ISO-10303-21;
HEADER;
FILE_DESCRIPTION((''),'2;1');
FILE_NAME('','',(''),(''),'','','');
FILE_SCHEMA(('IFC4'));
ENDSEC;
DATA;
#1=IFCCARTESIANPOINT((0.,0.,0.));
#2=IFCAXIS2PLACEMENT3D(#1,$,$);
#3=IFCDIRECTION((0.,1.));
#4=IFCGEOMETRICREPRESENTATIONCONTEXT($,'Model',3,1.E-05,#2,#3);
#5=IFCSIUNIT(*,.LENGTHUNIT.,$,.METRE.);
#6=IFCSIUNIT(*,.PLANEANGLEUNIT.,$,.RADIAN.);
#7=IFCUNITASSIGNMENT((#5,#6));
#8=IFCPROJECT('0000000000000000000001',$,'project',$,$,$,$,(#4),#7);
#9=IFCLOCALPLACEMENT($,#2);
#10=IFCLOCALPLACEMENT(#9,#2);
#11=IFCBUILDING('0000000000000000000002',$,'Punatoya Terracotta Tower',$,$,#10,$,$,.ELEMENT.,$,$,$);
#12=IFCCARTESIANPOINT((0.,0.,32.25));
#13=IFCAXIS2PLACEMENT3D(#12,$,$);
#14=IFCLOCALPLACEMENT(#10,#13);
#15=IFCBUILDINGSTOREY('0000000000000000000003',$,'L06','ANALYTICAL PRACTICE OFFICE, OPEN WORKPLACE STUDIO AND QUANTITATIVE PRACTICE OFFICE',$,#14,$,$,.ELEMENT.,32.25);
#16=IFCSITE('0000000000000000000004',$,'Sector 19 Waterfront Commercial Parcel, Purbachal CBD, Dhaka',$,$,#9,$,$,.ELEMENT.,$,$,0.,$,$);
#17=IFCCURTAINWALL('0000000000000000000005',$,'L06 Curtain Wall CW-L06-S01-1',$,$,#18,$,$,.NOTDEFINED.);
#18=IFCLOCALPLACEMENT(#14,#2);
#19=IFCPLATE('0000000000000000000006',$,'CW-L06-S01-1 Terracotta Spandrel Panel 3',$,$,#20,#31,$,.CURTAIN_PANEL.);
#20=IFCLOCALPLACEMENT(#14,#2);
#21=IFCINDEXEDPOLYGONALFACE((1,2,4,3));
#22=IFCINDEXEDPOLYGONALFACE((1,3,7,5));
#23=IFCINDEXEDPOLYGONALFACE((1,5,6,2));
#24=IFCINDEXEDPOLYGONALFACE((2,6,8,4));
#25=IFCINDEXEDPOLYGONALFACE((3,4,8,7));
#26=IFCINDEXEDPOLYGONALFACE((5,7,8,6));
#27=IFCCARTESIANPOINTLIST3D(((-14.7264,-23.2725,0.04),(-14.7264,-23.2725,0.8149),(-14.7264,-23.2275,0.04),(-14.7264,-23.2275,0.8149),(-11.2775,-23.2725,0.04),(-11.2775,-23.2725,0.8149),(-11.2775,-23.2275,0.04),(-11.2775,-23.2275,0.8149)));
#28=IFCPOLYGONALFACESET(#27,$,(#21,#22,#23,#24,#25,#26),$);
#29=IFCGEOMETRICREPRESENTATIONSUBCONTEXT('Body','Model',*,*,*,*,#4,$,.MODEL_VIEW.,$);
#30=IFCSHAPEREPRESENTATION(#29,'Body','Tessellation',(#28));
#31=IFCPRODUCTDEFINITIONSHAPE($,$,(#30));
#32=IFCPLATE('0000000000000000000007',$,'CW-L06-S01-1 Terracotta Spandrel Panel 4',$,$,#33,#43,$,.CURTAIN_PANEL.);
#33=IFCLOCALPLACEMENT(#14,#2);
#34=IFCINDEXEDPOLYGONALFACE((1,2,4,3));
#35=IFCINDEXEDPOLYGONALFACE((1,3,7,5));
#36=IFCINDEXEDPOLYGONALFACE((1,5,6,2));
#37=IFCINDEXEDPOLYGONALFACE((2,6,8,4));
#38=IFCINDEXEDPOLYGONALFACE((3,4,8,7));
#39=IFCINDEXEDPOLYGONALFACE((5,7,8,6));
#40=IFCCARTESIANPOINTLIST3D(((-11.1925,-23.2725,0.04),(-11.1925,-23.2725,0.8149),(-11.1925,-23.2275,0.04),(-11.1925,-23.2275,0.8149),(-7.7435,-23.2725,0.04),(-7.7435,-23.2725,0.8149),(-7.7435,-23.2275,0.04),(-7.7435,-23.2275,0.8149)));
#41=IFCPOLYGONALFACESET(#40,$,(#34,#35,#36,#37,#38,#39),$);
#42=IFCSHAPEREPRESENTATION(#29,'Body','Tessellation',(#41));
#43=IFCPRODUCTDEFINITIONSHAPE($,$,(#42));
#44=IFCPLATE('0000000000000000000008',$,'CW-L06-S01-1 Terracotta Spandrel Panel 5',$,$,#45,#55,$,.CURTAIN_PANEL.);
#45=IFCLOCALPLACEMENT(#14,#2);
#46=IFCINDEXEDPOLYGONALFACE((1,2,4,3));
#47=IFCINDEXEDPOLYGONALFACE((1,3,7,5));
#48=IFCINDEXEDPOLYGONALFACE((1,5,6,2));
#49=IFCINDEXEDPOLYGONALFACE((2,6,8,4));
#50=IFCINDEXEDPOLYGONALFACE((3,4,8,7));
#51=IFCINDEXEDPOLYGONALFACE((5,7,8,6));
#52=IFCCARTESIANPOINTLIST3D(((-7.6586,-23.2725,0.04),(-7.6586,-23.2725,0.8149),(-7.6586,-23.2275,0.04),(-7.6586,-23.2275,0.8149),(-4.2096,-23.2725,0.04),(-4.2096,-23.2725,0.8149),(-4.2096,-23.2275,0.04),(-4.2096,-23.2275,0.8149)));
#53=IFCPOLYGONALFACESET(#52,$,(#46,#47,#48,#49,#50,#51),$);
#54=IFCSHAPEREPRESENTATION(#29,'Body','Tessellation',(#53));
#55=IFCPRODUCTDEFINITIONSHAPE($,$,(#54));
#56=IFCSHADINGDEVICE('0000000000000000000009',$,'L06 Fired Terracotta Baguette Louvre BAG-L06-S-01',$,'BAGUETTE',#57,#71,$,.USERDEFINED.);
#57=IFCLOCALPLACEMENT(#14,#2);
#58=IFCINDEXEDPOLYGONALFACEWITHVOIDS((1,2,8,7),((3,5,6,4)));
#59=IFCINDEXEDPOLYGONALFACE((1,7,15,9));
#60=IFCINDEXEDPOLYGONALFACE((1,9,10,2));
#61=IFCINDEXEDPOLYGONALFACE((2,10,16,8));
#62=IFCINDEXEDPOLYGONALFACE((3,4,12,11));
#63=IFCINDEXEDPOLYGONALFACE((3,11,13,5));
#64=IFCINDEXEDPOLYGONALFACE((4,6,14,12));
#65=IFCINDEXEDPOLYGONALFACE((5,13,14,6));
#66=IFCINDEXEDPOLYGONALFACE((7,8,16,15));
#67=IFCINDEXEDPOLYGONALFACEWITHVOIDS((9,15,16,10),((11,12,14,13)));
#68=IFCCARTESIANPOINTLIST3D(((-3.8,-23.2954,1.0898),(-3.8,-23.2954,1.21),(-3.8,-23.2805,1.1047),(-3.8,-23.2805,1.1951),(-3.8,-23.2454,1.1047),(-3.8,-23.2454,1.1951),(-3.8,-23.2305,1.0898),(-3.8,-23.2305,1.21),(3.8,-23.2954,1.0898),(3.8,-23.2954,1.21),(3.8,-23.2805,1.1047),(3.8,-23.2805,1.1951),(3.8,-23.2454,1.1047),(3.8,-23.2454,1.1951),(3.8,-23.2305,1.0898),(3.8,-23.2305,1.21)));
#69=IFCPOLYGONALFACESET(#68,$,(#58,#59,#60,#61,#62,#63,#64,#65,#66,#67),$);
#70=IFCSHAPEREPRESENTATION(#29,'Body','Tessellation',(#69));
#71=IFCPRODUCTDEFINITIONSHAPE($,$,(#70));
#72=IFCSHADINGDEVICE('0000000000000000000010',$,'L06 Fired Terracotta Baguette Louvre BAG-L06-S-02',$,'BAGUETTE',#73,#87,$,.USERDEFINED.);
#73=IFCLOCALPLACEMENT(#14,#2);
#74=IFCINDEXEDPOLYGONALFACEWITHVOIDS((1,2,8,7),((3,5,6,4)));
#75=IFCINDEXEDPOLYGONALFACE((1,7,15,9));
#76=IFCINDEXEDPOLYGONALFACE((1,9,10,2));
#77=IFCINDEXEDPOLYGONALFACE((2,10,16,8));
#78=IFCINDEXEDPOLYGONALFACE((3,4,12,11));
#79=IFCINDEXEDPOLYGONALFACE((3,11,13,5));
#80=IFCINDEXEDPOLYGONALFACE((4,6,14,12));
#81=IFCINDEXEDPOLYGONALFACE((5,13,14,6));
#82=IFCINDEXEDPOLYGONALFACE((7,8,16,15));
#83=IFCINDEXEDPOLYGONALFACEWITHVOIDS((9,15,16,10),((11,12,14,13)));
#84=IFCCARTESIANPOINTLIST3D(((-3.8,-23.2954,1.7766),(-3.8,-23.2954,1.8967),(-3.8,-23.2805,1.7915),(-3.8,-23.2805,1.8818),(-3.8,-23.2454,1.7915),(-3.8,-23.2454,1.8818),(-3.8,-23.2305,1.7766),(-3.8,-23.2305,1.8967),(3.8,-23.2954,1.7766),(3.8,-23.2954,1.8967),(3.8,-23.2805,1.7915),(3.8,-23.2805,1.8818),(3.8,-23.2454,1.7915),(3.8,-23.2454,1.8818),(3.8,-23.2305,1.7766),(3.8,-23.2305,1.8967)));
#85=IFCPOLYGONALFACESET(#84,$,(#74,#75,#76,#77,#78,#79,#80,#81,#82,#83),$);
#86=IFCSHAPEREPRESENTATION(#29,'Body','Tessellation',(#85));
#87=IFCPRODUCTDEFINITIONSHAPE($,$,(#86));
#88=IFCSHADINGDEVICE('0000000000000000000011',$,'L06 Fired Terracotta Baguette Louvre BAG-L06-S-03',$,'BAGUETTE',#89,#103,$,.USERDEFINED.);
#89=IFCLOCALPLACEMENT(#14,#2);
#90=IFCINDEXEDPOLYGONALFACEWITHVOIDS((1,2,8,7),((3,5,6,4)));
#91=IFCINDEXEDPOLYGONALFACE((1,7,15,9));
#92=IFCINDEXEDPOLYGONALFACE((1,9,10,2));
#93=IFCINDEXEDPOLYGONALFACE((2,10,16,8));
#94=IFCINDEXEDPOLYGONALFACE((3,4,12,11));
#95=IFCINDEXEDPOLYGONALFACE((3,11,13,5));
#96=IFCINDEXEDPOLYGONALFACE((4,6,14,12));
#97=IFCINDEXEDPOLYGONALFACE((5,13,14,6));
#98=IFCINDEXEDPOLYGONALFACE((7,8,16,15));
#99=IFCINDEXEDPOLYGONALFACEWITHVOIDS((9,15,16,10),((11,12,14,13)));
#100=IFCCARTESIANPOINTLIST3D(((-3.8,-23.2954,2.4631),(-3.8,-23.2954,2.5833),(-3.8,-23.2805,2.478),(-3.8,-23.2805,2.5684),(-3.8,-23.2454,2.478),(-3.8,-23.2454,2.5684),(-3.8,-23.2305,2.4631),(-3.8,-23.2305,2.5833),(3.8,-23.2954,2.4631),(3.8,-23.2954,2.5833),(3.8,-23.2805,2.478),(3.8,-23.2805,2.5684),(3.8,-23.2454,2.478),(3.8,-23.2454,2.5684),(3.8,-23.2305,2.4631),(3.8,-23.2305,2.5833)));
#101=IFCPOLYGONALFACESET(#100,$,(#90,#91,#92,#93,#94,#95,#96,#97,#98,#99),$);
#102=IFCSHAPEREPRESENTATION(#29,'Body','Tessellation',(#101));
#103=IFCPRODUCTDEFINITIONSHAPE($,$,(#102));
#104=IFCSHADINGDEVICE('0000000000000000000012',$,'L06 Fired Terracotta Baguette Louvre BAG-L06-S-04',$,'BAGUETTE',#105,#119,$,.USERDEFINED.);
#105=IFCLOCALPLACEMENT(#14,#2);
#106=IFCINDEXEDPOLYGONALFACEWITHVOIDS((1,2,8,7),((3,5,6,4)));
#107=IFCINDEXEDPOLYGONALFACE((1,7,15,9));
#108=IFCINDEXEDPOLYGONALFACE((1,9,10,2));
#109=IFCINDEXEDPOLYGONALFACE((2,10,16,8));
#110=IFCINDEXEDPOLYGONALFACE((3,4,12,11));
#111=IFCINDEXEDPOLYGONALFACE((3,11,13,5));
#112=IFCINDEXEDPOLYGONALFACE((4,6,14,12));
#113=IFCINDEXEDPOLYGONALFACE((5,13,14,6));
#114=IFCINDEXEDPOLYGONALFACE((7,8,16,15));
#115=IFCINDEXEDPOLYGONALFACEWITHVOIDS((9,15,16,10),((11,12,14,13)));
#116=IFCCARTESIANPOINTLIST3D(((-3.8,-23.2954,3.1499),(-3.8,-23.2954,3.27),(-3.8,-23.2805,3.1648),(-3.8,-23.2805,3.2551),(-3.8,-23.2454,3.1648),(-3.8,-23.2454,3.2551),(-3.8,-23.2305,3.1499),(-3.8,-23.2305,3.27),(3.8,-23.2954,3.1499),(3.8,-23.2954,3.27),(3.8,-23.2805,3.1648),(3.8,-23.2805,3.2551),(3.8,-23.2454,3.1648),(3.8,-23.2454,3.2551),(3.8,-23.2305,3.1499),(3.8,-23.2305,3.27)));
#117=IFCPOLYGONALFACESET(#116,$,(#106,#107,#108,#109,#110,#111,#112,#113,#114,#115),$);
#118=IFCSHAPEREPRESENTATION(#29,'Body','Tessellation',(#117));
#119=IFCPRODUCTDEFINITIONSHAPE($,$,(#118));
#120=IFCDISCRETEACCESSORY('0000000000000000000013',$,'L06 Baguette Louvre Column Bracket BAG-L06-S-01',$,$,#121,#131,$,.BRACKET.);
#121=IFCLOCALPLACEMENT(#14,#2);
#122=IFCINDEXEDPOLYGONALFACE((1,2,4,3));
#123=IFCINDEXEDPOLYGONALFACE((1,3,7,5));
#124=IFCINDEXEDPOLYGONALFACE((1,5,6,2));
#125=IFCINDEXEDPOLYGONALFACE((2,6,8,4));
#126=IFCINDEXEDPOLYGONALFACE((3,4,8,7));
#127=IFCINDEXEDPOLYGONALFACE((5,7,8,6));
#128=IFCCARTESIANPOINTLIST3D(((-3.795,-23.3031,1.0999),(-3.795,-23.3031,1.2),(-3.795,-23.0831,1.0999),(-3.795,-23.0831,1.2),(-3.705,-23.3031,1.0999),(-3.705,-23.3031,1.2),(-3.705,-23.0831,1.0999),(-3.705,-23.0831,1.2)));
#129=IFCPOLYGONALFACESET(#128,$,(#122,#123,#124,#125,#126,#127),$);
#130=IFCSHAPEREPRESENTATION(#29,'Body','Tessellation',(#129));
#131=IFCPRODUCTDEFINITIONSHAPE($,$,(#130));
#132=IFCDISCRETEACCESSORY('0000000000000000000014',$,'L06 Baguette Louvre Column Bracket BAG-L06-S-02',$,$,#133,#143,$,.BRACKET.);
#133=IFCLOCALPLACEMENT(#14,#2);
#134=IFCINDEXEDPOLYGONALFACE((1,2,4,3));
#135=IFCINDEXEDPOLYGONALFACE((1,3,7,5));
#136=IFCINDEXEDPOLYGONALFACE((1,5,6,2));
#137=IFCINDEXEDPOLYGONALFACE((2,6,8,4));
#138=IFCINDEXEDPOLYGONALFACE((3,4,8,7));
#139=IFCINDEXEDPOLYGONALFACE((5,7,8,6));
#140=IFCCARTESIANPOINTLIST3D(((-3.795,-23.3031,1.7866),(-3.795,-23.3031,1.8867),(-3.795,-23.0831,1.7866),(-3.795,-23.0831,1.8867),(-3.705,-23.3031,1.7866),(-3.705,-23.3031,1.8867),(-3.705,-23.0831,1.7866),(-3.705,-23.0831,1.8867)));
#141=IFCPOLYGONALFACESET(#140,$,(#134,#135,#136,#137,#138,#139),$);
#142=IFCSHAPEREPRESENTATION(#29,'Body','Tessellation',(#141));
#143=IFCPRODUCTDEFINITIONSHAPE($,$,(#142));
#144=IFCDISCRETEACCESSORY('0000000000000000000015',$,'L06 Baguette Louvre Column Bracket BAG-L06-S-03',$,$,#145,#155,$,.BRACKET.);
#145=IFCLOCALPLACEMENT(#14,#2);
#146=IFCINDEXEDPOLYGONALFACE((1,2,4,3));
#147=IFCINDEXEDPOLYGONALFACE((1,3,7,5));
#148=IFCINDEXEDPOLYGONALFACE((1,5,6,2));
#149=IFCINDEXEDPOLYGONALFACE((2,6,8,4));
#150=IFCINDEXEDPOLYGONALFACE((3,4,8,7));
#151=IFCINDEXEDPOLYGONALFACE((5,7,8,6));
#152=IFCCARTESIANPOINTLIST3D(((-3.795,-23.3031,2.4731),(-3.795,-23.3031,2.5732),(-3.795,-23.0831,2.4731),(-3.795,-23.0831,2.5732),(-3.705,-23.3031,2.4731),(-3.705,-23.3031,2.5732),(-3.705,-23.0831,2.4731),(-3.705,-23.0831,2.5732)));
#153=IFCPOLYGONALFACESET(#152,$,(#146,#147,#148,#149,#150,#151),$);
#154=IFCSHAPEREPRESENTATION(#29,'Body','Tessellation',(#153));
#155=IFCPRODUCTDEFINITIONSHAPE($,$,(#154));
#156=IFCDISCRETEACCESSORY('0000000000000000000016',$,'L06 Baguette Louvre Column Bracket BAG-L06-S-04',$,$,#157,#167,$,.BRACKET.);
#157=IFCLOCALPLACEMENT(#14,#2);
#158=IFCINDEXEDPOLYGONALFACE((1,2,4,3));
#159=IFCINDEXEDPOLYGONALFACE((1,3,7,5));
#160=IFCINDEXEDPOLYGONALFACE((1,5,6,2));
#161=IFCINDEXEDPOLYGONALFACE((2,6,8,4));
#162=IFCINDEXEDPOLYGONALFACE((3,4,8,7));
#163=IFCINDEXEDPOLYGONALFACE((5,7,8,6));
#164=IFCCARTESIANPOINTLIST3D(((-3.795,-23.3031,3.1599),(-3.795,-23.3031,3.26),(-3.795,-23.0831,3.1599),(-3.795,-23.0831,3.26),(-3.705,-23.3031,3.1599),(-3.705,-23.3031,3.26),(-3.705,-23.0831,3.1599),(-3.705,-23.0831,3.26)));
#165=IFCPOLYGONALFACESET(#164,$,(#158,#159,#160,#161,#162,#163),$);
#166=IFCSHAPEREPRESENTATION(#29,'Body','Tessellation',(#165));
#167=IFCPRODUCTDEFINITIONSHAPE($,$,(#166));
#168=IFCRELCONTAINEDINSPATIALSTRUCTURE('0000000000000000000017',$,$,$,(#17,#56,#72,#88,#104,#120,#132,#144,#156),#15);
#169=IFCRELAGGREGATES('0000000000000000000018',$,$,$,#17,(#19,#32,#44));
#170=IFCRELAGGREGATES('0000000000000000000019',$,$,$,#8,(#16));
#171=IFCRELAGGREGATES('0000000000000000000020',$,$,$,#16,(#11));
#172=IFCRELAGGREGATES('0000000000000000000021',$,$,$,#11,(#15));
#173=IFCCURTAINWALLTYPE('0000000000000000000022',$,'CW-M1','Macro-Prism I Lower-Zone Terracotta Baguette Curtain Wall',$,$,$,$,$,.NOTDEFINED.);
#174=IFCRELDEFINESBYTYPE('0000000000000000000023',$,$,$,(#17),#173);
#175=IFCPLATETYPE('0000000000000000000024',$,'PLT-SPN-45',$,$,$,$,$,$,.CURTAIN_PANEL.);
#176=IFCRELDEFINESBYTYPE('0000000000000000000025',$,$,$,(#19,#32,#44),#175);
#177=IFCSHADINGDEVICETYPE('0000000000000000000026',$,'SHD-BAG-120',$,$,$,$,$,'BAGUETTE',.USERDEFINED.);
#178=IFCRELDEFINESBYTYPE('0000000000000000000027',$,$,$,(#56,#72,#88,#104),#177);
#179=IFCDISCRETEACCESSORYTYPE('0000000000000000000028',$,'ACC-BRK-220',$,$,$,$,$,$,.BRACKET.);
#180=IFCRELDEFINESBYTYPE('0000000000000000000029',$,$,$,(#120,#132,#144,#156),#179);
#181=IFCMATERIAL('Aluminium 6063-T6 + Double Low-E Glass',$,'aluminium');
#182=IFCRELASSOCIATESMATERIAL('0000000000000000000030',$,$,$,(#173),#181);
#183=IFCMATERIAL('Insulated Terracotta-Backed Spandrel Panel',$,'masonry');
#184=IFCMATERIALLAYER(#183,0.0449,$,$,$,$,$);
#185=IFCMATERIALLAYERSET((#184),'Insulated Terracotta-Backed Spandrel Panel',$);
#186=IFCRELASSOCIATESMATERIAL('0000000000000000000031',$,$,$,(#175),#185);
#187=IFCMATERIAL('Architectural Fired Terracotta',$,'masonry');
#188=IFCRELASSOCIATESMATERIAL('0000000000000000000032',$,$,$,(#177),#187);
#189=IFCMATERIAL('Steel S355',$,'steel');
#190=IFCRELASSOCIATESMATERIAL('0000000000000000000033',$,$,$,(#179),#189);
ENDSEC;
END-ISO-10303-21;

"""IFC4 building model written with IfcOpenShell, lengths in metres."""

from ifc_helpers import new_model, si_unit, direction, frame, origin, origin_2d, place, context, subcontext, project, spatial, rectangle, hollow_rectangle, extrude, material, layer, layer_set, material_profile, profile_set, type_object, element, aggregate, save


model = new_model("IFC4")

# Units and contexts
model_context = context("Model", 3, precision=1e-05, world=origin(), true_north=direction((0.0, 1.0)))
body_context = subcontext(model_context, "Body", "Model", "MODEL_VIEW")
ifc_project = project(units=[si_unit("LENGTHUNIT", "METRE"), si_unit("PLANEANGLEUNIT", "RADIAN")], contexts=[model_context])

# Site, building, storey
site_placement = place(None, origin())
site = spatial("IfcSite", under=ifc_project, at=site_placement, Name="Sector 19 Waterfront Commercial Parcel, Purbachal CBD, Dhaka", CompositionType="ELEMENT", RefElevation=0.0)
building_placement = place(site_placement, origin())
building = spatial("IfcBuilding", under=site, at=building_placement, Name="Punatoya Terracotta Tower", CompositionType="ELEMENT")
storey_placement = place(building_placement, frame((0.0, 0.0, 32.25)))
storey = spatial("IfcBuildingStorey", under=building, at=storey_placement, Name="L06", Description="ANALYTICAL PRACTICE OFFICE, OPEN WORKPLACE STUDIO AND QUANTITATIVE PRACTICE OFFICE", CompositionType="ELEMENT", Elevation=32.25)

# Curtain wall
ifc_material_1 = material(Name="Aluminium 6063-T6 + Double Low-E Glass", Category="aluminium")
curtain_wall_type = type_object("IfcCurtainWallType", Name="CW-M1", Description="Macro-Prism I Lower-Zone Terracotta Baguette Curtain Wall", PredefinedType="NOTDEFINED", material=ifc_material_1)
curtain_wall_placement = place(storey_placement, origin())
curtain_wall = element("IfcCurtainWall", 1, at=curtain_wall_placement, inside=storey, type_object=curtain_wall_type, Name="L06 Curtain Wall CW-L06-S01-1", PredefinedType="NOTDEFINED")

# Shared definitions
ifc_material_2 = material(Name="Steel S355", Category="steel")

# Plates
ifc_material_3 = material(Name="Insulated Terracotta-Backed Spandrel Panel", Category="masonry")
ifc_layer_1 = layer(ifc_material_3, 0.0449)
ifc_layer_set_1 = layer_set([ifc_layer_1], Name="Insulated Terracotta-Backed Spandrel Panel")
plate_type_1 = type_object("IfcPlateType", Name="PLT-SPN-45", PredefinedType="CURTAIN_PANEL", material=ifc_layer_set_1)
plate_1_placement = place(storey_placement, frame((-13.002, -23.25, 0.04), z_axis=(0.0, 0.0, 1.0), x_axis=(1.0, 0.0, 0.0)))
plate_1 = element("IfcPlate", 2, at=plate_1_placement, type_object=plate_type_1, Name="CW-L06-S01-1 Terracotta Spandrel Panel 3", PredefinedType="CURTAIN_PANEL", context=body_context, shape_type="SweptSolid", body=[
    extrude(rectangle(XDim=3.449, YDim=0.0449, at=origin_2d()), origin(), (0.0, 0.0, 1.0), 0.7749),
])
plate_2_placement = place(storey_placement, frame((-9.468, -23.25, 0.04), z_axis=(0.0, 0.0, 1.0), x_axis=(1.0, 0.0, 0.0)))
plate_2 = element("IfcPlate", 3, at=plate_2_placement, type_object=plate_type_1, Name="CW-L06-S01-1 Terracotta Spandrel Panel 4", PredefinedType="CURTAIN_PANEL", context=body_context, shape_type="SweptSolid", body=[
    extrude(rectangle(XDim=3.449, YDim=0.0449, at=origin_2d()), origin(), (0.0, 0.0, 1.0), 0.7749),
])
plate_3_placement = place(storey_placement, frame((-5.9341, -23.25, 0.04), z_axis=(0.0, 0.0, 1.0), x_axis=(1.0, 0.0, 0.0)))
plate_3 = element("IfcPlate", 4, at=plate_3_placement, type_object=plate_type_1, Name="CW-L06-S01-1 Terracotta Spandrel Panel 5", PredefinedType="CURTAIN_PANEL", context=body_context, shape_type="SweptSolid", body=[
    extrude(rectangle(XDim=3.449, YDim=0.0449, at=origin_2d()), origin(), (0.0, 0.0, 1.0), 0.7749),
])
aggregate(curtain_wall, [plate_1, plate_2, plate_3])

# Shading devices
ifc_material_4 = material(Name="Architectural Fired Terracotta", Category="masonry")
ifc_material_profile_1 = material_profile(ifc_material_4, hollow_rectangle(XDim=0.0649, YDim=0.1201, WallThickness=0.0149, at=origin_2d()))
ifc_profile_set_1 = profile_set([ifc_material_profile_1], Name="Architectural Fired Terracotta")
shading_device_type = type_object("IfcShadingDeviceType", Name="SHD-BAG-120", ElementType="BAGUETTE", PredefinedType="USERDEFINED", material=ifc_profile_set_1)
for number, where, z_axis, x_axis, name in (
    (5, (-3.8, -23.2629, 1.1499), (1.0, 0.0, 0.0), (0.0, 1.0, 0.0), "L06 Fired Terracotta Baguette Louvre BAG-L06-S-01"),
    (6, (-3.8, -23.2629, 1.8367), (1.0, 0.0, 0.0), (0.0, 1.0, 0.0), "L06 Fired Terracotta Baguette Louvre BAG-L06-S-02"),
    (7, (-3.8, -23.2629, 2.5232), (1.0, 0.0, 0.0), (0.0, 1.0, 0.0), "L06 Fired Terracotta Baguette Louvre BAG-L06-S-03"),
    (8, (-3.8, -23.2629, 3.21), (1.0, 0.0, 0.0), (0.0, 1.0, 0.0), "L06 Fired Terracotta Baguette Louvre BAG-L06-S-04"),
):
    element("IfcShadingDevice", number, at=place(storey_placement, frame(where, z_axis=z_axis, x_axis=x_axis)), inside=storey, type_object=shading_device_type, Name=name, ObjectType="BAGUETTE", PredefinedType="USERDEFINED", context=body_context, shape_type="SweptSolid", body=[
        extrude(hollow_rectangle(XDim=0.0649, YDim=0.1201, WallThickness=0.0149, at=origin_2d()), origin(), (0.0, 0.0, 1.0), 7.6001),
    ])

# Discrete accessories
discrete_accessory_type = type_object("IfcDiscreteAccessoryType", Name="ACC-BRK-220", PredefinedType="BRACKET", material=ifc_material_2)
for number, where, z_axis, x_axis, name in (
    (9, (-3.75, -23.1931, 1.0999), (0.0, 0.0, 1.0), (1.0, 0.0, 0.0), "L06 Baguette Louvre Column Bracket BAG-L06-S-01"),
    (10, (-3.75, -23.1931, 1.7866), (0.0, 0.0, 1.0), (1.0, 0.0, 0.0), "L06 Baguette Louvre Column Bracket BAG-L06-S-02"),
    (11, (-3.75, -23.1931, 2.4731), (0.0, 0.0, 1.0), (1.0, 0.0, 0.0), "L06 Baguette Louvre Column Bracket BAG-L06-S-03"),
    (12, (-3.75, -23.1931, 3.1599), (0.0, 0.0, 1.0), (1.0, 0.0, 0.0), "L06 Baguette Louvre Column Bracket BAG-L06-S-04"),
):
    element("IfcDiscreteAccessory", number, at=place(storey_placement, frame(where, z_axis=z_axis, x_axis=x_axis)), inside=storey, type_object=discrete_accessory_type, Name=name, PredefinedType="BRACKET", context=body_context, shape_type="SweptSolid", body=[
        extrude(rectangle(XDim=0.0901, YDim=0.22, at=origin_2d()), origin(), (0.0, 0.0, 1.0), 0.1001),
    ])

save(model, "model.ifc")
